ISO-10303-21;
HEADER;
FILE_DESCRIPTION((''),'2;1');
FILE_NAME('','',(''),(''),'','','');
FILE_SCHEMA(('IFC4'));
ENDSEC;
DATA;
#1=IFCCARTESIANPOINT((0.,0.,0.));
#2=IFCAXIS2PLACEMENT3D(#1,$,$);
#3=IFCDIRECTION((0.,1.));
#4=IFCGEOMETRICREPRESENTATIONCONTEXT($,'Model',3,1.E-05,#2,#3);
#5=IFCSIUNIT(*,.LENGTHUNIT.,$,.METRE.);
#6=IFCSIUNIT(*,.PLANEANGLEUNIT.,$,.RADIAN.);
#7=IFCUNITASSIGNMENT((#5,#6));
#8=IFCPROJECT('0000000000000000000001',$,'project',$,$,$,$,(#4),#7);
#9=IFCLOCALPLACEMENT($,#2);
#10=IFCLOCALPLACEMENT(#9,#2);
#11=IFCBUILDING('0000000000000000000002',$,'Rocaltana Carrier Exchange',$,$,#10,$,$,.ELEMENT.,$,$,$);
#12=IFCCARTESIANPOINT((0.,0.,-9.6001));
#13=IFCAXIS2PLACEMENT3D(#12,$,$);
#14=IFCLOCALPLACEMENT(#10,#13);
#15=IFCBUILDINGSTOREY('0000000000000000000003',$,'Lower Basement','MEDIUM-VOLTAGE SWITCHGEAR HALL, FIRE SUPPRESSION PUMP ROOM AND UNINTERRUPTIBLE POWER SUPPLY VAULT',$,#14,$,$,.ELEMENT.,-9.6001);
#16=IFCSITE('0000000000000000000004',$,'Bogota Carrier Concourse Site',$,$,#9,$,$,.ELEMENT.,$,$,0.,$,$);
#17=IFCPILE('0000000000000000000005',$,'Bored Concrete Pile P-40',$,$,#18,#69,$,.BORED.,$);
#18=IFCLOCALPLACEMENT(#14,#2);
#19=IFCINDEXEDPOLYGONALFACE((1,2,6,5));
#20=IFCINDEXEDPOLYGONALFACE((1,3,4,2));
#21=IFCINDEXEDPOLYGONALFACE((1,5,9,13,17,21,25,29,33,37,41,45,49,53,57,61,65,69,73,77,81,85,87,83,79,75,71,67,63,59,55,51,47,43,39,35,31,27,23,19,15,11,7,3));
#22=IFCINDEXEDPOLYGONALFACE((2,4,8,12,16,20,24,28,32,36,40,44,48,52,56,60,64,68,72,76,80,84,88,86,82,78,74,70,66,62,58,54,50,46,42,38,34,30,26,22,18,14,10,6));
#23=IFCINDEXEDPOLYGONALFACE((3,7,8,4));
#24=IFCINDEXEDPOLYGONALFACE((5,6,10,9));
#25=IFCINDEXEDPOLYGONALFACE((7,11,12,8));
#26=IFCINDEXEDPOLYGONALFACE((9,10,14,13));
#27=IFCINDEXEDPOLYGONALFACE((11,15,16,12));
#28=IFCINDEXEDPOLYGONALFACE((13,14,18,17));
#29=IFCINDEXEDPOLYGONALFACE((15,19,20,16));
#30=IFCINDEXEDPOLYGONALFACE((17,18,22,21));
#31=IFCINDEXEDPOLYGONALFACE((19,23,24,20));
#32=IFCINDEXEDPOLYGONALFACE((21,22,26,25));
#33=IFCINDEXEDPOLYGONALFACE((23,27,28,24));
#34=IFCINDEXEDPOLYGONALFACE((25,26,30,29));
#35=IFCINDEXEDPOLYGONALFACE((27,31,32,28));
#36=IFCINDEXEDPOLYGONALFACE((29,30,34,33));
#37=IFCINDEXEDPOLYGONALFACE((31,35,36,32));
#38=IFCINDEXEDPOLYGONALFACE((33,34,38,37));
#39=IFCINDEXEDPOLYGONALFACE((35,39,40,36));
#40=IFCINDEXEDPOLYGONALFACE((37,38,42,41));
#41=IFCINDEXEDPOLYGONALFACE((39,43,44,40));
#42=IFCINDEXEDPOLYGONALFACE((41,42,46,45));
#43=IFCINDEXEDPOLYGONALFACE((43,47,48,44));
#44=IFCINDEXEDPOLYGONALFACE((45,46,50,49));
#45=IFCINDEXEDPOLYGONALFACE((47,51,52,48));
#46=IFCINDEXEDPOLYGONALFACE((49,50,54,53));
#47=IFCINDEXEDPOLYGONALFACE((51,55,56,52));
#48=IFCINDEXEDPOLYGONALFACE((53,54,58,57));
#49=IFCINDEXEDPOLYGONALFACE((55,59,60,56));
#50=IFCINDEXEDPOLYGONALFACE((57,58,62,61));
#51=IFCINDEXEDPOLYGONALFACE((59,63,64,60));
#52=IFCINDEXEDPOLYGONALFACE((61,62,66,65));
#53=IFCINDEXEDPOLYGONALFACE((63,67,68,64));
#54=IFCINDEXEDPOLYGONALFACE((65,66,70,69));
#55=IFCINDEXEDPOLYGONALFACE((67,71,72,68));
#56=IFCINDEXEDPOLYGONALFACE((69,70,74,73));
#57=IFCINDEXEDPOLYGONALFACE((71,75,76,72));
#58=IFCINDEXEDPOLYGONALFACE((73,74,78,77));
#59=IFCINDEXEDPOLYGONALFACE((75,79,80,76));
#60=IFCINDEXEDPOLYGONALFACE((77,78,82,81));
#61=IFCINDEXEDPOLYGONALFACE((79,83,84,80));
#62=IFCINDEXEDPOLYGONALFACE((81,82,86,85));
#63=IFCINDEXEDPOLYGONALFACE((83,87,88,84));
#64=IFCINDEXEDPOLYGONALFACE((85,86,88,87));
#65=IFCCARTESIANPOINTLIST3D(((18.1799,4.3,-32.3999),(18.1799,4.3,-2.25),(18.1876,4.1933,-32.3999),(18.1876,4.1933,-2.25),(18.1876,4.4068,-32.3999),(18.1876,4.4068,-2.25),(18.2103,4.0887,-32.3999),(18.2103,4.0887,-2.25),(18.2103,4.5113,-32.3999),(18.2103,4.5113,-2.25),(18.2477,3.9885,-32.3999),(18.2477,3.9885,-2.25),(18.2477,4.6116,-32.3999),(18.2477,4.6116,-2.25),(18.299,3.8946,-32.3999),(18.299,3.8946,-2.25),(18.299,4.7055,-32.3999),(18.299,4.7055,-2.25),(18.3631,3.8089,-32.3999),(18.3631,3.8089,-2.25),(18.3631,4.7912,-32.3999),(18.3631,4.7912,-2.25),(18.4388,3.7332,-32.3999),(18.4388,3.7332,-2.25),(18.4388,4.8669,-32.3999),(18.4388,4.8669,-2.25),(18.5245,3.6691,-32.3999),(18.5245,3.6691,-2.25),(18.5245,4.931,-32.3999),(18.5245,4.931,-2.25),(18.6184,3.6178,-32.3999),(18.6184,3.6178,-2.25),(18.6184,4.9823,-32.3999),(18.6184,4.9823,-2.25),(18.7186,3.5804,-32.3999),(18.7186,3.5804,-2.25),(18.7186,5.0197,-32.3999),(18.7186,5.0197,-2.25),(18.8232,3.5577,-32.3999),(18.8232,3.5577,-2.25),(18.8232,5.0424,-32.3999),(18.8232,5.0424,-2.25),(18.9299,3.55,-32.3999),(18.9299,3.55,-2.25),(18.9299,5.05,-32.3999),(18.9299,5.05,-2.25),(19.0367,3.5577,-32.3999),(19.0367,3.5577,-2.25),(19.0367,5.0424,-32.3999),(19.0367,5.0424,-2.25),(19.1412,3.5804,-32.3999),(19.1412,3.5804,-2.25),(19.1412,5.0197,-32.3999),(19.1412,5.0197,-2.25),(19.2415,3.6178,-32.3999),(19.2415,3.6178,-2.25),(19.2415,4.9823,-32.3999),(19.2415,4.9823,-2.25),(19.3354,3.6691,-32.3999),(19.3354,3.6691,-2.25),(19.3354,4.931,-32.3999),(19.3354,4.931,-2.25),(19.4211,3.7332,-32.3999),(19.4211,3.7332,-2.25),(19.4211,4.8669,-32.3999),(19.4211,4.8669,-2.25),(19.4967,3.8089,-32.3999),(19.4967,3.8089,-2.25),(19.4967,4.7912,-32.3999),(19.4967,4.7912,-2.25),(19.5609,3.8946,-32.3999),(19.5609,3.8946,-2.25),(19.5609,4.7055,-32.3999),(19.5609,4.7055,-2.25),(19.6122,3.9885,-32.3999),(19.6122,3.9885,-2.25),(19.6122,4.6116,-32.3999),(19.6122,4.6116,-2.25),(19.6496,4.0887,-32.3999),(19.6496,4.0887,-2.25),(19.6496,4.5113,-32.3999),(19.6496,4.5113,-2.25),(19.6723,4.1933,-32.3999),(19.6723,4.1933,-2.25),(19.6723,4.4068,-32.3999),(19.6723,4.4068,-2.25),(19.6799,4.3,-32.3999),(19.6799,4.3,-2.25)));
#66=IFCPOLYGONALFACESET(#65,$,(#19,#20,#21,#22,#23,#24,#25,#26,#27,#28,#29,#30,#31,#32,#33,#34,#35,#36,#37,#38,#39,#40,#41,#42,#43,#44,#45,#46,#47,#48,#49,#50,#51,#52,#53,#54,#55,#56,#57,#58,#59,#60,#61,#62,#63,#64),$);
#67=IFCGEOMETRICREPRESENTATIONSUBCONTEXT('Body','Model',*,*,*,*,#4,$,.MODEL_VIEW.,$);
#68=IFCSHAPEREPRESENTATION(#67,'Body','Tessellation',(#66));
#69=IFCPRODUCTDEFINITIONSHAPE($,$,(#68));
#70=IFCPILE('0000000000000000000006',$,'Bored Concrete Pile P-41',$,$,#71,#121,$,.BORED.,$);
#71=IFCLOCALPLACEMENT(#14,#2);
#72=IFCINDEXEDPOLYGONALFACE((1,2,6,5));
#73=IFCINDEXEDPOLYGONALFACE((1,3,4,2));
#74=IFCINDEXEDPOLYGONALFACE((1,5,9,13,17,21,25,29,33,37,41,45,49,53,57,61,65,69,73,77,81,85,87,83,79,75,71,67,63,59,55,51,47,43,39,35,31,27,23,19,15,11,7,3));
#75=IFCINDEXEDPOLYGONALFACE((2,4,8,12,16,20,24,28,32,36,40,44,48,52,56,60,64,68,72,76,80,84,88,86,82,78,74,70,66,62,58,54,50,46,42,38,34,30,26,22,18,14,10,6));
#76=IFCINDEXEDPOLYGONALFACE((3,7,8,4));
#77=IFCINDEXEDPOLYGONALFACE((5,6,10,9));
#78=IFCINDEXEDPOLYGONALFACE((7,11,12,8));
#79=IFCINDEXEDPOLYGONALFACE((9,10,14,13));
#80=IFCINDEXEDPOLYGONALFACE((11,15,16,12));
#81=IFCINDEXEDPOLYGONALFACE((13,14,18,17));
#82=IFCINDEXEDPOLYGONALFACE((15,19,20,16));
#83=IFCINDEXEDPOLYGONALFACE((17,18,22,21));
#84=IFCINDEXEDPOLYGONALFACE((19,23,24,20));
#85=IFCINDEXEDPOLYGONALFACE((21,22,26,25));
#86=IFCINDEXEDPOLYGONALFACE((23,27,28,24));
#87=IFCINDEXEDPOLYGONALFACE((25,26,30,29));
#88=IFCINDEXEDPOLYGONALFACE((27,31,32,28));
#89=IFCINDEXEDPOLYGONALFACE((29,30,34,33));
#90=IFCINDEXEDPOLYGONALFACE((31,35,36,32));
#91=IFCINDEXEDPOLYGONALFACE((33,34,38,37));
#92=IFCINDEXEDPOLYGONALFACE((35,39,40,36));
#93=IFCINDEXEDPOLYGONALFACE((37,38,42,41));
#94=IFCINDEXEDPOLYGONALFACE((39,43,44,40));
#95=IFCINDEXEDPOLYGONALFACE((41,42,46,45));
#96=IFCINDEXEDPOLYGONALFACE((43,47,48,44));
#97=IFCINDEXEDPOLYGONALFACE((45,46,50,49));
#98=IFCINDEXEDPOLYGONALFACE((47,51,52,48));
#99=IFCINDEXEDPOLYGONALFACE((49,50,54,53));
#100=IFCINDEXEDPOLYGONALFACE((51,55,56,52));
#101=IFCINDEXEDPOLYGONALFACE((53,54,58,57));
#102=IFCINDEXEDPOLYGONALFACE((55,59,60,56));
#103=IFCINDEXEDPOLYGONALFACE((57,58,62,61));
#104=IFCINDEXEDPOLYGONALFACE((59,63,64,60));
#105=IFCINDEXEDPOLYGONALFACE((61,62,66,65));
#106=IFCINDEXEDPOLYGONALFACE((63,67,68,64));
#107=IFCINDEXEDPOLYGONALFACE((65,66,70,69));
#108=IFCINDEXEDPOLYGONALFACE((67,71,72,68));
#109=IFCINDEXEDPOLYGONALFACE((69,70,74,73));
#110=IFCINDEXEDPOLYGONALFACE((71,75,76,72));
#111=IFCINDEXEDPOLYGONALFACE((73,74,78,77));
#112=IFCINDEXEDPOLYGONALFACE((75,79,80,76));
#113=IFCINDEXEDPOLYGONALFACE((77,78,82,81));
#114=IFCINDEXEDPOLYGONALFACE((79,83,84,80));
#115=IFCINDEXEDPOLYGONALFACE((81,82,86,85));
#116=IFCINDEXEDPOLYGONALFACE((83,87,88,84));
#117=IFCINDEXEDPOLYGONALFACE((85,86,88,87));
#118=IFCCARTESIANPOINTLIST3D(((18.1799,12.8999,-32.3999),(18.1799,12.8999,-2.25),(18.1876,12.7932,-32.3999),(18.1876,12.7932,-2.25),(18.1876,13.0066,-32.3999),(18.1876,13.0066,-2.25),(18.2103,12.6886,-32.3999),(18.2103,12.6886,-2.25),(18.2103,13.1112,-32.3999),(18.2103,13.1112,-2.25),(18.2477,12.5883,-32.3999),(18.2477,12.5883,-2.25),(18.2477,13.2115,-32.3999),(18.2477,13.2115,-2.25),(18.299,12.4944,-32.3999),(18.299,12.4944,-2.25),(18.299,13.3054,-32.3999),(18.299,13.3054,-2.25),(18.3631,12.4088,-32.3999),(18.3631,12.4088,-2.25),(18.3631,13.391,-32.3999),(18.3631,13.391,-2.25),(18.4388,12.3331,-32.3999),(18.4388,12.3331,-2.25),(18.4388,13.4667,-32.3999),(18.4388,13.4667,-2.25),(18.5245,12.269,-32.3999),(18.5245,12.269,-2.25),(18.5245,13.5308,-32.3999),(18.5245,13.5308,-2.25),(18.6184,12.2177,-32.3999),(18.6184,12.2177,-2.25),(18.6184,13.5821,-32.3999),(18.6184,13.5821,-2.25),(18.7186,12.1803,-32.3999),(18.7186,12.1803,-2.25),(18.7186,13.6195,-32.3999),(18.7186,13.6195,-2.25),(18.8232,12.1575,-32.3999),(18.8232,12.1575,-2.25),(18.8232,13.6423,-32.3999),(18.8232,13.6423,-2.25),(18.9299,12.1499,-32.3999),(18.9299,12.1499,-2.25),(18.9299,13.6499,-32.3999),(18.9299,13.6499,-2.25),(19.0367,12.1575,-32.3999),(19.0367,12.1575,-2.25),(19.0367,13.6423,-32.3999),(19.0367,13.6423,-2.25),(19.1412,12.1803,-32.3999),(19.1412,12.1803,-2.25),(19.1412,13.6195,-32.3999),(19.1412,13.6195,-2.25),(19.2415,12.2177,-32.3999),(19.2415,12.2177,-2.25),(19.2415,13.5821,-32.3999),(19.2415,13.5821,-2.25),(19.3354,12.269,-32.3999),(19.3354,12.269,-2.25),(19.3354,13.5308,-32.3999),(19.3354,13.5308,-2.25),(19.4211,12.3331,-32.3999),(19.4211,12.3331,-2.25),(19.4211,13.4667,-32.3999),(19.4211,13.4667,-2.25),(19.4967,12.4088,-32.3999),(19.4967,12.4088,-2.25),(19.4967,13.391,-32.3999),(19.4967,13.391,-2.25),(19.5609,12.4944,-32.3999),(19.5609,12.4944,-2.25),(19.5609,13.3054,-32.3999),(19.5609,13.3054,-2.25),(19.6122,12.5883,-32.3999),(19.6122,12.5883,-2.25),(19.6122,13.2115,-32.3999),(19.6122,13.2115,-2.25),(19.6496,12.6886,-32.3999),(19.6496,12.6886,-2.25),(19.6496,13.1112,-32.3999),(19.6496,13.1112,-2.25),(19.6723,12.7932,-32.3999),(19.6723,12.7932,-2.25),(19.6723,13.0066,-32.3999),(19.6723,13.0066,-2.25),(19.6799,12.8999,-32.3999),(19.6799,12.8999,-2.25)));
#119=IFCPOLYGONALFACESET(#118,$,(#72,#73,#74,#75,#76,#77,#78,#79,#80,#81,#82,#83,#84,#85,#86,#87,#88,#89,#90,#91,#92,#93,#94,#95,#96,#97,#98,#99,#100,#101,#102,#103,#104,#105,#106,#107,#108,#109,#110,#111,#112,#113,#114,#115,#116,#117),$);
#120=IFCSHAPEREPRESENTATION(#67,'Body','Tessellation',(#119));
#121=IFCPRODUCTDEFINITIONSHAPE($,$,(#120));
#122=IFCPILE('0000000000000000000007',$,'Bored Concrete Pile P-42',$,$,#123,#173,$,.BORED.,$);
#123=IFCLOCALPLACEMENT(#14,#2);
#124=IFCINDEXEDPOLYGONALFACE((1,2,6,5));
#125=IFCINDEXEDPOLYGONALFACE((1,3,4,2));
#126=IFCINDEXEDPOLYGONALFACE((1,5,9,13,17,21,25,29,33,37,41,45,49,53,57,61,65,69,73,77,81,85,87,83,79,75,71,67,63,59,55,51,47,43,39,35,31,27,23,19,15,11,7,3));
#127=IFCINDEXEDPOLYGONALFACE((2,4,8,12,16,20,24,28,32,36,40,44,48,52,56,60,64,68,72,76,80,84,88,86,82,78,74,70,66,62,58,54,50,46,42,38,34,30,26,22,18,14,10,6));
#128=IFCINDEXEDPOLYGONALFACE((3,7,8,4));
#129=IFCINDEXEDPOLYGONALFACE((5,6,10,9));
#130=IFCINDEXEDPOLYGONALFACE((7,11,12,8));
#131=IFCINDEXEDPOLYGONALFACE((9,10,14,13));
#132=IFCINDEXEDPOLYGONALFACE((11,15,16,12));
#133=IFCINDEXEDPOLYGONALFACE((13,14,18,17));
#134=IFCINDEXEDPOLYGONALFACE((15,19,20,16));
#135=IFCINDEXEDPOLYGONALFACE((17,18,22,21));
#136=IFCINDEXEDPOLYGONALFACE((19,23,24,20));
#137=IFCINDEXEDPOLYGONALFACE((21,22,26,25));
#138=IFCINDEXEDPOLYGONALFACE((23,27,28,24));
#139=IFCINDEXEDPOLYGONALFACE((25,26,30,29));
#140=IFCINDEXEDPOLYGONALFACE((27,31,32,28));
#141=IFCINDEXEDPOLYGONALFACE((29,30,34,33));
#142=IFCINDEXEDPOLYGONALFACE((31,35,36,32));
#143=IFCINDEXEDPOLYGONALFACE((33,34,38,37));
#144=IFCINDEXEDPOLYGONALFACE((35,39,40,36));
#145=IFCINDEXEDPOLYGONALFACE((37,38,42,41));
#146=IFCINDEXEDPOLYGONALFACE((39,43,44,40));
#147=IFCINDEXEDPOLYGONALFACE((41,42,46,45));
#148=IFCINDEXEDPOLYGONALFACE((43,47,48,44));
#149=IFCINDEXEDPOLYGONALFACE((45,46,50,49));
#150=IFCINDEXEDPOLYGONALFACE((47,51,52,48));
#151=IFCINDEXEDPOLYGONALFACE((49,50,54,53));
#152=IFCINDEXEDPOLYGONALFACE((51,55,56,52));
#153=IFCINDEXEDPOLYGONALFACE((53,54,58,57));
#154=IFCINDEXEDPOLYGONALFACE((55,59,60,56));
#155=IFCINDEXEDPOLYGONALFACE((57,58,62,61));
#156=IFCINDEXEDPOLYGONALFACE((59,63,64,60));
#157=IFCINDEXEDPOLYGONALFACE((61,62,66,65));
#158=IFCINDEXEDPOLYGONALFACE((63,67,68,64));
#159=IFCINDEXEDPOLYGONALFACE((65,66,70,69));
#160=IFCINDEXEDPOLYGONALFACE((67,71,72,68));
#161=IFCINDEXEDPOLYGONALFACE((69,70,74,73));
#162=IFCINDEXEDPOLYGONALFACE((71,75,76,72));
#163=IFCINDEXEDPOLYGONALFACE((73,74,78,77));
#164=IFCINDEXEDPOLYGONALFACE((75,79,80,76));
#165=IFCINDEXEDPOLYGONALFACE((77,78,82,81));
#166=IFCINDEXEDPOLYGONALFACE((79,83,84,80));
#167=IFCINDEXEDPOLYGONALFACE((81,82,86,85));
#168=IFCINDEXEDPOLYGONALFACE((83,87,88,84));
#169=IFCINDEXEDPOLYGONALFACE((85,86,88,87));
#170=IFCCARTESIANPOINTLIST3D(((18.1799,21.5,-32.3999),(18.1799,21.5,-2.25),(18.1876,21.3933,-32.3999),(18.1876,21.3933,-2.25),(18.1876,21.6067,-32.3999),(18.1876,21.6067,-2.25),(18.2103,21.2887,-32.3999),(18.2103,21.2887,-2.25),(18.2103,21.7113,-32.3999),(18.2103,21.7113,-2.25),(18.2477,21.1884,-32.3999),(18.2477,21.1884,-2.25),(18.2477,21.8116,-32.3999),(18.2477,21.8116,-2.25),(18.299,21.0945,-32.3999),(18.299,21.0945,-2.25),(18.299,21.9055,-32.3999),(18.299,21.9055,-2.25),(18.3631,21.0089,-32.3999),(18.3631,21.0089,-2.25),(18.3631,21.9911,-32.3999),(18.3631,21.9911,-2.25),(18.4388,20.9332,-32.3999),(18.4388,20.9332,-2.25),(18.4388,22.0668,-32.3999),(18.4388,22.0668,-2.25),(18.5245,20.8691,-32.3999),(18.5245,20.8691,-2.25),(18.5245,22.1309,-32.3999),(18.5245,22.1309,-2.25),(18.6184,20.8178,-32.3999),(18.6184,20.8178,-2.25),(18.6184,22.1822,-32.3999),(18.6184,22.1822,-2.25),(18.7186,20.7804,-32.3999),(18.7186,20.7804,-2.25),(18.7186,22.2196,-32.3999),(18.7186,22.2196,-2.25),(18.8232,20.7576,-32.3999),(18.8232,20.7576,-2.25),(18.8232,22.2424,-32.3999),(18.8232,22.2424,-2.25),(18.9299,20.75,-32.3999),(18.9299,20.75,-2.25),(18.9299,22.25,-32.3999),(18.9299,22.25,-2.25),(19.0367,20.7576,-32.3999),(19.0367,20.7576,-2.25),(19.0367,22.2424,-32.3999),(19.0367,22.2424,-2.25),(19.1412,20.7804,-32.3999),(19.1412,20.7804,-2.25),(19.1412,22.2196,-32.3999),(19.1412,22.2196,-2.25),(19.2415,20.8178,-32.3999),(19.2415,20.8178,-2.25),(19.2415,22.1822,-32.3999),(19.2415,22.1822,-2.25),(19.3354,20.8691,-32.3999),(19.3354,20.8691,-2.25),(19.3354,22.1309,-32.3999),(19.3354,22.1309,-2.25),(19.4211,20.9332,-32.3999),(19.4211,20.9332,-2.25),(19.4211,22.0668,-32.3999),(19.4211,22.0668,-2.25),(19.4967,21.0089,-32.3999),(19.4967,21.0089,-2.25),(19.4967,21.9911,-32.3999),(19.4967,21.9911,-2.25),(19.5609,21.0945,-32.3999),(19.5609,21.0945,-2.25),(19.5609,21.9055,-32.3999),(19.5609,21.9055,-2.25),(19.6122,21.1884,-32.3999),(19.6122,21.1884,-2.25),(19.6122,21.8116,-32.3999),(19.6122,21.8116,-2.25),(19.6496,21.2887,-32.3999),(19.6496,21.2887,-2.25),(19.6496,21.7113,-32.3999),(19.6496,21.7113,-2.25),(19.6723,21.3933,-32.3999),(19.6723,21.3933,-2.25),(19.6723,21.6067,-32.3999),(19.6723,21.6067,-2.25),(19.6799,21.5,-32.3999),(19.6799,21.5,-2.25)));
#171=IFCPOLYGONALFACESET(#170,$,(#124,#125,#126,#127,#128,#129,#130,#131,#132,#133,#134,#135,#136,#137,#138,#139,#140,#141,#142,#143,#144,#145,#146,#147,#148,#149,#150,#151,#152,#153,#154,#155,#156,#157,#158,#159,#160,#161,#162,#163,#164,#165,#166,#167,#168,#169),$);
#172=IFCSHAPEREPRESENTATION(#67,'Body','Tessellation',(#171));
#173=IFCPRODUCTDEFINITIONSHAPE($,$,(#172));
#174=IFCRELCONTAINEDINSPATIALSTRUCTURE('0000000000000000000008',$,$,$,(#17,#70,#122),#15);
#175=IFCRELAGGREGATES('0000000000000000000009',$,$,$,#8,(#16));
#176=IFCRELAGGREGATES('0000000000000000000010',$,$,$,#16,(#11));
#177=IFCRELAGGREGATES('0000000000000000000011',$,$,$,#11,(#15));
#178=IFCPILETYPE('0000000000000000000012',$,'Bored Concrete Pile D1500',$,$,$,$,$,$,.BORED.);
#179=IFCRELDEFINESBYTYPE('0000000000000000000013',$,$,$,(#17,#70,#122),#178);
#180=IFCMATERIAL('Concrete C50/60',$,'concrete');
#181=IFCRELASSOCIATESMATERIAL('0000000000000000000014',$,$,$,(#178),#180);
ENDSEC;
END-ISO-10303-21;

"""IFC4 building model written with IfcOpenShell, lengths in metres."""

from ifc_helpers import new_model, si_unit, direction, frame, origin, origin_2d, place, context, subcontext, project, spatial, circle, extrude, material, material_profile, profile_set, type_object, element, save


model = new_model("IFC4")

# Units and contexts
model_context = context("Model", 3, precision=1e-05, world=origin(), true_north=direction((0.0, 1.0)))
body_context = subcontext(model_context, "Body", "Model", "MODEL_VIEW")
ifc_project = project(units=[si_unit("LENGTHUNIT", "METRE"), si_unit("PLANEANGLEUNIT", "RADIAN")], contexts=[model_context])

# Site, building, storey
site_placement = place(None, origin())
site = spatial("IfcSite", under=ifc_project, at=site_placement, Name="Bogota Carrier Concourse Site", CompositionType="ELEMENT", RefElevation=0.0)
building_placement = place(site_placement, origin())
building = spatial("IfcBuilding", under=site, at=building_placement, Name="Rocaltana Carrier Exchange", CompositionType="ELEMENT")
storey_placement = place(building_placement, frame((0.0, 0.0, -9.6001)))
storey = spatial("IfcBuildingStorey", under=building, at=storey_placement, Name="Lower Basement", Description="MEDIUM-VOLTAGE SWITCHGEAR HALL, FIRE SUPPRESSION PUMP ROOM AND UNINTERRUPTIBLE POWER SUPPLY VAULT", CompositionType="ELEMENT", Elevation=-9.6001)

# Piles
ifc_material_1 = material(Name="Concrete C50/60", Category="concrete")
ifc_material_profile_1 = material_profile(ifc_material_1, circle(Radius=0.75, at=origin_2d()), Name="PILE-D1500")
ifc_profile_set_1 = profile_set([ifc_material_profile_1], Name="Concrete C50/60")
pile_type = type_object("IfcPileType", Name="Bored Concrete Pile D1500", PredefinedType="BORED", material=ifc_profile_set_1)
for number, where, z_axis, x_axis, name in (
    (1, (18.9299, 4.3, -2.25), (0.0, 0.0, -1.0), (1.0, 0.0, 0.0), "Bored Concrete Pile P-40"),
    (2, (18.9299, 12.8999, -2.25), (0.0, 0.0, -1.0), (1.0, 0.0, 0.0), "Bored Concrete Pile P-41"),
    (3, (18.9299, 21.5, -2.25), (0.0, 0.0, -1.0), (1.0, 0.0, 0.0), "Bored Concrete Pile P-42"),
):
    element("IfcPile", number, at=place(storey_placement, frame(where, z_axis=z_axis, x_axis=x_axis)), inside=storey, type_object=pile_type, Name=name, PredefinedType="BORED", context=body_context, shape_type="SweptSolid", body=[
        extrude(circle(Radius=0.75, at=origin_2d()), origin(), (0.0, 0.0, 1.0), 30.1499),
    ])

save(model, "model.ifc")
